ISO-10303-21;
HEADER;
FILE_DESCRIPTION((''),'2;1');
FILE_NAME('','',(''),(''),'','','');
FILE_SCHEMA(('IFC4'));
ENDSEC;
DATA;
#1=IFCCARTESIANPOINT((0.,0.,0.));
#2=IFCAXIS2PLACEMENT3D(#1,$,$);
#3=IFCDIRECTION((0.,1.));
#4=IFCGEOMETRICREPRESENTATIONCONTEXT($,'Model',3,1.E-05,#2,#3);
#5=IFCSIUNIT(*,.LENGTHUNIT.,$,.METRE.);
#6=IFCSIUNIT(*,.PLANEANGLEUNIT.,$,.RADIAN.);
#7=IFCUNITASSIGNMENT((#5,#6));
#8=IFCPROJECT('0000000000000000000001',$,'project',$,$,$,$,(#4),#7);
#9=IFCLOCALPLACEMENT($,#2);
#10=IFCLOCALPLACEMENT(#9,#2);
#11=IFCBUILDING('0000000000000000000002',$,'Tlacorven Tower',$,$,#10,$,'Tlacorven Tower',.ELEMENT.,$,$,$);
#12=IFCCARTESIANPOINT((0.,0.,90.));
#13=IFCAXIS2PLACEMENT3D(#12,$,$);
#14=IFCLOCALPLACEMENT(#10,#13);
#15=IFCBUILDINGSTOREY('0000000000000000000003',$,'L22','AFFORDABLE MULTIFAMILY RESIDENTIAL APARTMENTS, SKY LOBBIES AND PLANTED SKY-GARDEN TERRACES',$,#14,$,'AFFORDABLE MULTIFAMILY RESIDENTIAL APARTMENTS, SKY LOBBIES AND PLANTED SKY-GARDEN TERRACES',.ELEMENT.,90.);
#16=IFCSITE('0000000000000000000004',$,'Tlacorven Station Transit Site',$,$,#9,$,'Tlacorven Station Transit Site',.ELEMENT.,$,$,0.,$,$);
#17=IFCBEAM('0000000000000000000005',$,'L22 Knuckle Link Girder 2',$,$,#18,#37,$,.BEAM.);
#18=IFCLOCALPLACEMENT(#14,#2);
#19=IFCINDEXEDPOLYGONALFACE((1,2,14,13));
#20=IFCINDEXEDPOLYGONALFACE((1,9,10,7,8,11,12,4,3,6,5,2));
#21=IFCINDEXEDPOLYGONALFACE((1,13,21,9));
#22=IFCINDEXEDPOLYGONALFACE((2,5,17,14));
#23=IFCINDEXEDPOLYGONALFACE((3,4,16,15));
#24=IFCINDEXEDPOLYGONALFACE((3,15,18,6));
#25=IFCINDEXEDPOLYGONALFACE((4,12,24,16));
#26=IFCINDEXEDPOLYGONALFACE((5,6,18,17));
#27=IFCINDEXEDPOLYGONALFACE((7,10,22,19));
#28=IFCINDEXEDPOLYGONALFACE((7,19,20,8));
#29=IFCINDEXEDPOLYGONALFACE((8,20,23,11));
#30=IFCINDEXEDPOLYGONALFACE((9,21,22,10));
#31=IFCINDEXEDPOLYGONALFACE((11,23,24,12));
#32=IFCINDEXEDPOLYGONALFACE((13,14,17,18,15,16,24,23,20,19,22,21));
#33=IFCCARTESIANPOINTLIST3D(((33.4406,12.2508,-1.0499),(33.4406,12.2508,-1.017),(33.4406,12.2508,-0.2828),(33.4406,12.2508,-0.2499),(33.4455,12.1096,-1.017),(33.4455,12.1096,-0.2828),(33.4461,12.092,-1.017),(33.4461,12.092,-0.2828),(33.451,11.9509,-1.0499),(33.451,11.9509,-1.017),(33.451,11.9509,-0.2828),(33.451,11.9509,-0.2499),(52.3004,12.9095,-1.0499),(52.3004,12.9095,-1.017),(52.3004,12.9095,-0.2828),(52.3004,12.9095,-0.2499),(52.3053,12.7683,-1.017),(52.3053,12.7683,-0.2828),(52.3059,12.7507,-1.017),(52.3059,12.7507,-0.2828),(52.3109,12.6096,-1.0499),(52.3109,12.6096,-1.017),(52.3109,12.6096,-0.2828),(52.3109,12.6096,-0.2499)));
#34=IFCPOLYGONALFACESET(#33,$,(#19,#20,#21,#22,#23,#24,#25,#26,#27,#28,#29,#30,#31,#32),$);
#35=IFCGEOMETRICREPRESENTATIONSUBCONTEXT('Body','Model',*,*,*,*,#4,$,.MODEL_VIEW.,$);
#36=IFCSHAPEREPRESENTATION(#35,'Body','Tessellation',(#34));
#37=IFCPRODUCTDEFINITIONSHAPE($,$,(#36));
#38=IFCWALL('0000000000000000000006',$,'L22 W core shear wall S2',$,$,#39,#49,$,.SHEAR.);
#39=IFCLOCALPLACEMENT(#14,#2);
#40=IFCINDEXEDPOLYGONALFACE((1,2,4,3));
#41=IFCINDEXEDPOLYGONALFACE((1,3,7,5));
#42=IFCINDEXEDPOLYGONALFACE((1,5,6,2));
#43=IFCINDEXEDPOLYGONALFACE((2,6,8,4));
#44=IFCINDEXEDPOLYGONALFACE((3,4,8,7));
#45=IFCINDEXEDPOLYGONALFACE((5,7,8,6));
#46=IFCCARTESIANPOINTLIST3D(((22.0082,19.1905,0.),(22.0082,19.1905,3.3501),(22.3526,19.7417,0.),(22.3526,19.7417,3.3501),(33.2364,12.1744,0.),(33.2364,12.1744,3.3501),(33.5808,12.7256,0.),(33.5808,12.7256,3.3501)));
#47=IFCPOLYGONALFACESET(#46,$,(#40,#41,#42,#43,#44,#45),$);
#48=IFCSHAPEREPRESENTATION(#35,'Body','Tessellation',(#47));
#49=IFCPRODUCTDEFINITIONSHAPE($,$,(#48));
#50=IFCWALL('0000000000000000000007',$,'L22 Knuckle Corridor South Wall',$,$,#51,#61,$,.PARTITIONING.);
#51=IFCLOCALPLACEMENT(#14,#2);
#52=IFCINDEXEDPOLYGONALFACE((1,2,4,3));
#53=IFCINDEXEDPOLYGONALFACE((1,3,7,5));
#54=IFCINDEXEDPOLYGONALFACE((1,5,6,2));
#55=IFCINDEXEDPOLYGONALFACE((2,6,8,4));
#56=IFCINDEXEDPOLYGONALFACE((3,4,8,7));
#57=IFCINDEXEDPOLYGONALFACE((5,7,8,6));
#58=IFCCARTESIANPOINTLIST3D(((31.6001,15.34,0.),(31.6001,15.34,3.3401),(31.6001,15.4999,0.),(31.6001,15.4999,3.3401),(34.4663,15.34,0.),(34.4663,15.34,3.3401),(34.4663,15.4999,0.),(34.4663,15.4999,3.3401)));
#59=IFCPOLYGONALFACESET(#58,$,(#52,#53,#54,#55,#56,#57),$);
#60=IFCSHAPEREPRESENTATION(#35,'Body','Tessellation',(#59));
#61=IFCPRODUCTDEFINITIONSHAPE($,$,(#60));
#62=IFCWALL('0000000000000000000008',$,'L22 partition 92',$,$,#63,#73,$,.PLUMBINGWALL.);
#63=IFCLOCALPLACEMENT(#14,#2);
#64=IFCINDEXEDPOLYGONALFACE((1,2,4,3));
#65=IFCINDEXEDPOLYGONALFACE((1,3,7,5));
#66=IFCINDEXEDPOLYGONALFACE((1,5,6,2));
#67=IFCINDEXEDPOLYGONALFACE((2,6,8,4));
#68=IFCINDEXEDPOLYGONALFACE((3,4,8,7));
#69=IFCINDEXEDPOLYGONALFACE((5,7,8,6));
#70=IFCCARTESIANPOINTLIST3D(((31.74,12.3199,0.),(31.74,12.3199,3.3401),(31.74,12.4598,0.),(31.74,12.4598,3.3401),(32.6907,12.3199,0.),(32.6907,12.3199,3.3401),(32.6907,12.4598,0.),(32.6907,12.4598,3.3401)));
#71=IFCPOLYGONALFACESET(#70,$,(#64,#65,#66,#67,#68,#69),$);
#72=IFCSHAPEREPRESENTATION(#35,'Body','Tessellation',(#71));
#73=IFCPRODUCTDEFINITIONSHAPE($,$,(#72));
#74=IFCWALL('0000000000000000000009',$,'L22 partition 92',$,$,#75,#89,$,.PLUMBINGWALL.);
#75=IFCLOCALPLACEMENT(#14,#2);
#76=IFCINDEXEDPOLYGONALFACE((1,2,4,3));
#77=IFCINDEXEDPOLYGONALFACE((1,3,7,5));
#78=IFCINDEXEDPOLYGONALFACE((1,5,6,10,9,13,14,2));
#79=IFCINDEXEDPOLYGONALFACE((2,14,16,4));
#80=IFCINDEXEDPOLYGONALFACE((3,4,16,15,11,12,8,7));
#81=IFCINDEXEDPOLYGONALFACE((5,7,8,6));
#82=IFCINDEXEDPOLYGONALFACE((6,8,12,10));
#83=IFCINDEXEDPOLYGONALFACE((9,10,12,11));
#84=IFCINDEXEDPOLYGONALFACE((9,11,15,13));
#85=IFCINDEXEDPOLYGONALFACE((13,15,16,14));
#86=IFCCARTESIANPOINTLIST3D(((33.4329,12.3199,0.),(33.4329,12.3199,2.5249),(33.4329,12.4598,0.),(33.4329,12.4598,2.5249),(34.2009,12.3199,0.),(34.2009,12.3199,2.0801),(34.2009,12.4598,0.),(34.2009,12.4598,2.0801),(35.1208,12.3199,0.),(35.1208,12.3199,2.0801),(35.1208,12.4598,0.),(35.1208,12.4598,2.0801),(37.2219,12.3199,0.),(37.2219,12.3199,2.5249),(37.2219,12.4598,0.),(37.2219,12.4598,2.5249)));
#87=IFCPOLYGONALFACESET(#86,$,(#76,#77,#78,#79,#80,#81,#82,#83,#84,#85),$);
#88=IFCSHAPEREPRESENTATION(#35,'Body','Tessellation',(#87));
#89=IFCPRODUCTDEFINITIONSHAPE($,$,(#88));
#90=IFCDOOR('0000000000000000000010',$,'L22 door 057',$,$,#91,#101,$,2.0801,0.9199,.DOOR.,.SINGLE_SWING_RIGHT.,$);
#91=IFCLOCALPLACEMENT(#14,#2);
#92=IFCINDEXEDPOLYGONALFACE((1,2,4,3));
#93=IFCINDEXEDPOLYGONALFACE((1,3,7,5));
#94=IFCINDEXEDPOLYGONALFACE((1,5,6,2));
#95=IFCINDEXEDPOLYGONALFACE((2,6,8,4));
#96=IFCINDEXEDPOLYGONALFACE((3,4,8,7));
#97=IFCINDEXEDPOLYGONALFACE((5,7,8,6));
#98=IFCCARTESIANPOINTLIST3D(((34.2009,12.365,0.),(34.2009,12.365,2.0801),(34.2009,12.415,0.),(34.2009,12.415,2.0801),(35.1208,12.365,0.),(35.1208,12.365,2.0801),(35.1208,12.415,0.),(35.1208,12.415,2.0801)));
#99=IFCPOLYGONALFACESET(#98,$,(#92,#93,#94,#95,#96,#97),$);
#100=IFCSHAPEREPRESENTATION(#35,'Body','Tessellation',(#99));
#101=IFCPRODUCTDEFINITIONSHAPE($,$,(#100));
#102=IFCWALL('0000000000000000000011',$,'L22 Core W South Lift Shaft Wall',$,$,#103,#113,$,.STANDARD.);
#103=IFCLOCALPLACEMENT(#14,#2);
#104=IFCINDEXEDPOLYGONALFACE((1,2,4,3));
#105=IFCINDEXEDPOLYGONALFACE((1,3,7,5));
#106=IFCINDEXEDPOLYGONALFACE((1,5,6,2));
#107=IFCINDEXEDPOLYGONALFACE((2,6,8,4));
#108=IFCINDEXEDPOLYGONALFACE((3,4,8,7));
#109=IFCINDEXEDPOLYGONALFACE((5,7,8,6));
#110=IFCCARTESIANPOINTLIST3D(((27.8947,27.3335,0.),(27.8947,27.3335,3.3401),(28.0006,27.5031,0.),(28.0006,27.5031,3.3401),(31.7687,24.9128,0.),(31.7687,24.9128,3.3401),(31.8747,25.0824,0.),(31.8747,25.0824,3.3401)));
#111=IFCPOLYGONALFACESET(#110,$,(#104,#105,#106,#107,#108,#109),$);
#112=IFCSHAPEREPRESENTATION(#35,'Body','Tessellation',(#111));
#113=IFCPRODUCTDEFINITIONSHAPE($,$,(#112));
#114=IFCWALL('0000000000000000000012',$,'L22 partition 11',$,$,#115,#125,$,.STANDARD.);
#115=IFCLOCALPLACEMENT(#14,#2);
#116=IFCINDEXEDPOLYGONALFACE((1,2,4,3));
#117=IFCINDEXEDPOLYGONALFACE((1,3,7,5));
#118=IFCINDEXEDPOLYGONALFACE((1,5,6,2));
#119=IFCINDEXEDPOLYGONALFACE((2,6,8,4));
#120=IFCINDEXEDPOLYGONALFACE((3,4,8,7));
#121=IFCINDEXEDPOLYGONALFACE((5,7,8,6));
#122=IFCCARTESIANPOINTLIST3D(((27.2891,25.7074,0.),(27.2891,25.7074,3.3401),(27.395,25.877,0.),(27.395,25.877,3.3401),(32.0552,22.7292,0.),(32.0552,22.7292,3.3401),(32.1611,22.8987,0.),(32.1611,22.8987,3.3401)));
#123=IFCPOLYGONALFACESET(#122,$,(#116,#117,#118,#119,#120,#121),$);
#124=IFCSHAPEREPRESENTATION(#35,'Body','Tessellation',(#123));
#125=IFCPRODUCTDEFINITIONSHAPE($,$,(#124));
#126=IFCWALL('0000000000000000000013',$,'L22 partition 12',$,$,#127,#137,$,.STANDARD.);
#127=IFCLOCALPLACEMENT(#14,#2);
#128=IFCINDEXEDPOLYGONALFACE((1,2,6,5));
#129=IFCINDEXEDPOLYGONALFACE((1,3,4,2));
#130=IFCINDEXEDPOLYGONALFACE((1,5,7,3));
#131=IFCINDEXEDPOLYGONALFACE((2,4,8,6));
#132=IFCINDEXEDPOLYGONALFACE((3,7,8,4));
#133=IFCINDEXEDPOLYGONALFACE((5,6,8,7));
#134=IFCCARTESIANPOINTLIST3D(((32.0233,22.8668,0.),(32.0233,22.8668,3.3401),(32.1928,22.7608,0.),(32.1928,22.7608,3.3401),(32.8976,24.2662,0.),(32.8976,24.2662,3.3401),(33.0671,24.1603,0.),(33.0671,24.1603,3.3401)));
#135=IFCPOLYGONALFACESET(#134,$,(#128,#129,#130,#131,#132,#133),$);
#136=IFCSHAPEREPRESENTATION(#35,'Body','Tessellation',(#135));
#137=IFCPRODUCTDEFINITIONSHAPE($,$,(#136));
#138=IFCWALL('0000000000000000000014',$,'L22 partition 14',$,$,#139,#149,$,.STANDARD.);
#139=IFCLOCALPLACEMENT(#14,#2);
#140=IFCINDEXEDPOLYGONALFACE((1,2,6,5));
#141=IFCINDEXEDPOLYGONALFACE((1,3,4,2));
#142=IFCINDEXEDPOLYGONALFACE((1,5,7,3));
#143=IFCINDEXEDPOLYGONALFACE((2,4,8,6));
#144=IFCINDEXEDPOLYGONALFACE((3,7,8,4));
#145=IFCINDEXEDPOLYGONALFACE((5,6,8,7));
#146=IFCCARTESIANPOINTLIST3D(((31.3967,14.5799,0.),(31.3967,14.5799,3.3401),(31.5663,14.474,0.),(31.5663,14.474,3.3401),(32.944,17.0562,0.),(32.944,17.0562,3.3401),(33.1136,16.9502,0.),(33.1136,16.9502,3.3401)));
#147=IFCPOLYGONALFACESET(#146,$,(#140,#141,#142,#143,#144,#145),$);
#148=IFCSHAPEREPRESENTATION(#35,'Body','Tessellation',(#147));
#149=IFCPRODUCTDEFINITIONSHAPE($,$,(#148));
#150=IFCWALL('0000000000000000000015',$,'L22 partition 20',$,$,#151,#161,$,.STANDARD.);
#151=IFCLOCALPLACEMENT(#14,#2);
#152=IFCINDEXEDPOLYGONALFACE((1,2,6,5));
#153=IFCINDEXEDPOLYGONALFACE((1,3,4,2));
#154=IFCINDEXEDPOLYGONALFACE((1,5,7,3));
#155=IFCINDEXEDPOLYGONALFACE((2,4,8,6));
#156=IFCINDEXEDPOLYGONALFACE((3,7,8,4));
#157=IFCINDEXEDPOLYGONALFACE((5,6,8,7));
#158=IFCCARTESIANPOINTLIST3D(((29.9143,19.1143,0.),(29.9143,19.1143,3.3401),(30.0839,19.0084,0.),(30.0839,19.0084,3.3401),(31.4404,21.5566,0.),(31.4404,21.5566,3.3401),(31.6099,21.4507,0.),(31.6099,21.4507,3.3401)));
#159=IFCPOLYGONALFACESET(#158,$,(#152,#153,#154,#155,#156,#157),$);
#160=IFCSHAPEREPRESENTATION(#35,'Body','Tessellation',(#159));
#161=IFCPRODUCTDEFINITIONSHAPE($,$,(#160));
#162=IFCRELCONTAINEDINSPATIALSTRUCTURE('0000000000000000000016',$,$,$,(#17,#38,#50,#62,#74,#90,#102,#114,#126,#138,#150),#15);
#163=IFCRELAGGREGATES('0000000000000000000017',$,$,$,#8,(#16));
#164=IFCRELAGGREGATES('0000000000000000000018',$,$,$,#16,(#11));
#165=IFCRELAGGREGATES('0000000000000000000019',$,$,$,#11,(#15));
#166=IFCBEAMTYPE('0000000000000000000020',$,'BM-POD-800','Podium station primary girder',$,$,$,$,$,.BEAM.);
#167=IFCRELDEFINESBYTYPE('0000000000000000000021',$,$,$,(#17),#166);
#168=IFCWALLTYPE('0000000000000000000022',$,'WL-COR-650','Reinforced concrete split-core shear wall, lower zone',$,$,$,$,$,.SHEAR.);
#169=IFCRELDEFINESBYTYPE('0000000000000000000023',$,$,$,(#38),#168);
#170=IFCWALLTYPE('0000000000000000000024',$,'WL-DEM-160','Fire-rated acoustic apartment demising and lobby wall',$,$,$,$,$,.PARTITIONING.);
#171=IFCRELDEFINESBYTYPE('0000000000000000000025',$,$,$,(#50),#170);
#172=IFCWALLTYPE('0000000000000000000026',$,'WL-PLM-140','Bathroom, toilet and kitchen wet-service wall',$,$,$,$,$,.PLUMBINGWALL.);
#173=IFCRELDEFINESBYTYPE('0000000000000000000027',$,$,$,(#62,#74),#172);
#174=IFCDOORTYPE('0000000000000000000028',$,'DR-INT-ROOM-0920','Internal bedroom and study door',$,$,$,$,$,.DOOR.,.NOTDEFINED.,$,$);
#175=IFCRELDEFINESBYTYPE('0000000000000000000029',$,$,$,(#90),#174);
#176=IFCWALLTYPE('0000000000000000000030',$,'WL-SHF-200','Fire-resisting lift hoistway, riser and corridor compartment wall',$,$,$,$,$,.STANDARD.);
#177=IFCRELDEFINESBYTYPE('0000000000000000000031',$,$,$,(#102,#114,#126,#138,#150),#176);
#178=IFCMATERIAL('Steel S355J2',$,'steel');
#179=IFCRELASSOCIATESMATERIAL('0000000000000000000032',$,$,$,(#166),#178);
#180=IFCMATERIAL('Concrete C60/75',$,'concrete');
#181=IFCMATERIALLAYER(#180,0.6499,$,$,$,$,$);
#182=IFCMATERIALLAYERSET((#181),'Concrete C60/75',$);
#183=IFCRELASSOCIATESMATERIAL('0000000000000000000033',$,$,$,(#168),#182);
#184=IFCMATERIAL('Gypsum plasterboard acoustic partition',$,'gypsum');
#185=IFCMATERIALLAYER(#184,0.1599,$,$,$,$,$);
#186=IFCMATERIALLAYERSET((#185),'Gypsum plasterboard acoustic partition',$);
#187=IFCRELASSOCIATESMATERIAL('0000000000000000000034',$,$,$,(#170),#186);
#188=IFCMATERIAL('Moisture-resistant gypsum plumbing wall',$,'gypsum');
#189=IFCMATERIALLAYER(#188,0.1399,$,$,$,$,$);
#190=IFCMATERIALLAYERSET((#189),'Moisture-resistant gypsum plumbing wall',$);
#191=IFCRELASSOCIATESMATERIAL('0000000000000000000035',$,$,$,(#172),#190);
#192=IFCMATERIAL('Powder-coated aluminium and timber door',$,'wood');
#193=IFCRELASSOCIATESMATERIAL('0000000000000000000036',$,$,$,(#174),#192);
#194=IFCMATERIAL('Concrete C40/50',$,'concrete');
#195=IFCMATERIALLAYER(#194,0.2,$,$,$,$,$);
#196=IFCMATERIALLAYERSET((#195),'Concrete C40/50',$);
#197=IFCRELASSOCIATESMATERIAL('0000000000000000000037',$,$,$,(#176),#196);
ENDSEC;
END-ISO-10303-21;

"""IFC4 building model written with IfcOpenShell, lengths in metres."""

from ifc_helpers import new_model, si_unit, direction, frame, frame_2d, origin, origin_2d, place, context, subcontext, project, spatial, rectangle, i_section, extrude, source, transform, mapped, material, layer, layer_set, material_profile, profile_set, type_object, element, fill, save


model = new_model("IFC4")

# Units and contexts
model_context = context("Model", 3, precision=1e-05, world=origin(), true_north=direction((0.0, 1.0)))
body_context = subcontext(model_context, "Body", "Model", "MODEL_VIEW")
ifc_project = project(units=[si_unit("LENGTHUNIT", "METRE"), si_unit("PLANEANGLEUNIT", "RADIAN")], contexts=[model_context])

# Site, building, storey
site_placement = place(None, origin())
site = spatial("IfcSite", under=ifc_project, at=site_placement, Name="Tlacorven Station Transit Site", LongName="Tlacorven Station Transit Site", CompositionType="ELEMENT", RefElevation=0.0)
building_placement = place(site_placement, origin())
building = spatial("IfcBuilding", under=site, at=building_placement, Name="Tlacorven Tower", LongName="Tlacorven Tower", CompositionType="ELEMENT")
storey_placement = place(building_placement, frame((0.0, 0.0, 90.0)))
storey = spatial("IfcBuildingStorey", under=building, at=storey_placement, Name="L22", Description="AFFORDABLE MULTIFAMILY RESIDENTIAL APARTMENTS, SKY LOBBIES AND PLANTED SKY-GARDEN TERRACES", LongName="AFFORDABLE MULTIFAMILY RESIDENTIAL APARTMENTS, SKY LOBBIES AND PLANTED SKY-GARDEN TERRACES", CompositionType="ELEMENT", Elevation=90.0)

# Beam
ifc_material_1 = material(Name="Steel S355J2", Category="steel")
ifc_material_profile = material_profile(ifc_material_1, i_section(OverallWidth=0.3, OverallDepth=0.8, WebThickness=0.0176, FlangeThickness=0.033, at=origin_2d()), Name="HEB 800")
ifc_profile_set = profile_set([ifc_material_profile], Name="Steel S355J2")
beam_type = type_object("IfcBeamType", Name="BM-POD-800", Description="Podium station primary girder", PredefinedType="BEAM", material=ifc_profile_set)
shared_shape_1 = source(origin(), body_context, "Body", "SweptSolid", [
    extrude(i_section(OverallWidth=0.3, OverallDepth=0.8, WebThickness=0.0176, FlangeThickness=0.033, at=origin_2d()), origin(), (0.0, 0.0, 1.0), 18.8713),
])
beam_placement = place(storey_placement, frame((33.4458, 12.1008, -0.6499), z_axis=(0.999391, 0.034904, 0.0), x_axis=(-0.034904, 0.999391, 0.0)))
element("IfcBeam", 1, at=beam_placement, inside=storey, type_object=beam_type, Name="L22 Knuckle Link Girder 2", PredefinedType="BEAM", context=body_context, shape_type="MappedRepresentation", body=[
    mapped(shared_shape_1, transform((0.0, 0.0, 0.0), scale=1.0)),
])

# Walls
ifc_material_2 = material(Name="Concrete C60/75", Category="concrete")
ifc_layer_1 = layer(ifc_material_2, 0.6499)
ifc_layer_set_1 = layer_set([ifc_layer_1], Name="Concrete C60/75")
wall_type_1 = type_object("IfcWallType", Name="WL-COR-650", Description="Reinforced concrete split-core shear wall, lower zone", PredefinedType="SHEAR", material=ifc_layer_set_1)
wall_1_placement = place(storey_placement, frame((33.4087, 12.45, 0.0), z_axis=(0.0, 0.0, 1.0), x_axis=(-0.848051, 0.529914, 0.0)))
element("IfcWall", 2, at=wall_1_placement, inside=storey, type_object=wall_type_1, Name="L22 W core shear wall S2", PredefinedType="SHEAR", context=body_context, shape_type="SweptSolid", body=[
    extrude(rectangle(XDim=13.24, YDim=0.6499, at=frame_2d((6.6201, 0.0))), origin(), (0.0, 0.0, 1.0), 3.3501),
])
ifc_material_3 = material(Name="Gypsum plasterboard acoustic partition", Category="gypsum")
ifc_layer_2 = layer(ifc_material_3, 0.1599)
ifc_layer_set_2 = layer_set([ifc_layer_2], Name="Gypsum plasterboard acoustic partition")
wall_type_2 = type_object("IfcWallType", Name="WL-DEM-160", Description="Fire-rated acoustic apartment demising and lobby wall", PredefinedType="PARTITIONING", material=ifc_layer_set_2)
wall_2_placement = place(storey_placement, frame((31.6001, 15.4199, 0.0), z_axis=(0.0, 0.0, 1.0), x_axis=(1.0, 0.0, 0.0)))
element("IfcWall", 3, at=wall_2_placement, inside=storey, type_object=wall_type_2, Name="L22 Knuckle Corridor South Wall", PredefinedType="PARTITIONING", context=body_context, shape_type="SweptSolid", body=[
    extrude(rectangle(XDim=2.8662, YDim=0.1599, at=frame_2d((1.4331, 0.0))), origin(), (0.0, 0.0, 1.0), 3.3401),
])

# Shared definitions
ifc_material_4 = material(Name="Powder-coated aluminium and timber door", Category="wood")

# Wall
ifc_material_5 = material(Name="Moisture-resistant gypsum plumbing wall", Category="gypsum")
ifc_layer_3 = layer(ifc_material_5, 0.1399)
ifc_layer_set_3 = layer_set([ifc_layer_3], Name="Moisture-resistant gypsum plumbing wall")
wall_type_3 = type_object("IfcWallType", Name="WL-PLM-140", Description="Bathroom, toilet and kitchen wet-service wall", PredefinedType="PLUMBINGWALL", material=ifc_layer_set_3)
wall_3_placement = place(storey_placement, frame((31.74, 12.3899, 0.0), z_axis=(0.0, 0.0, 1.0), x_axis=(1.0, 0.0, 0.0)))
element("IfcWall", 4, at=wall_3_placement, inside=storey, type_object=wall_type_3, Name="L22 partition 92", PredefinedType="PLUMBINGWALL", context=body_context, shape_type="SweptSolid", body=[
    extrude(rectangle(XDim=0.9507, YDim=0.1399, at=frame_2d((0.4753, 0.0))), origin(), (0.0, 0.0, 1.0), 3.3401),
])

# Wall, opening, door
wall_4_placement = place(storey_placement, frame((33.4329, 12.3899, 0.0), z_axis=(0.0, 0.0, 1.0), x_axis=(1.0, 0.0, 0.0)))
wall_4 = element("IfcWall", 5, at=wall_4_placement, inside=storey, type_object=wall_type_3, Name="L22 partition 92", PredefinedType="PLUMBINGWALL", context=body_context, shape_type="SweptSolid", body=[
    extrude(rectangle(XDim=3.7891, YDim=0.1399, at=frame_2d((1.8945, 0.0))), origin(), (0.0, 0.0, 1.0), 2.5249),
])
opening_1_placement = place(wall_4_placement, frame((0.7681, 0.0, 0.0)))
opening_1 = element("IfcOpeningElement", 6, at=opening_1_placement, cuts=wall_4, PredefinedType="OPENING", context=body_context, shape_type="SweptSolid", body=[
    extrude(rectangle(XDim=0.9199, YDim=2.0801, at=frame_2d((0.46, 1.04))), frame((0.0, 0.0801, 0.0), z_axis=(0.0, -1.0, 0.0), x_axis=(1.0, 0.0, 0.0)), (0.0, 0.0, 1.0), 0.1599),
])
door_type_1 = type_object("IfcDoorType", Name="DR-INT-ROOM-0920", Description="Internal bedroom and study door", OperationType="NOTDEFINED", PredefinedType="DOOR", material=ifc_material_4)
shared_shape_2 = source(origin(), body_context, "Body", "SweptSolid", [
    extrude(rectangle(XDim=0.9199, YDim=2.0801, at=frame_2d((0.46, 1.04))), frame((0.0, 0.0249, 0.0), z_axis=(0.0, -1.0, 0.0), x_axis=(1.0, 0.0, 0.0)), (0.0, 0.0, 1.0), 0.05),
])
door_1_placement = place(opening_1_placement, frame((0.9199, 0.0, 0.0), z_axis=(0.0, 0.0, 1.0), x_axis=(-1.0, 0.0, 0.0)))
door_1 = element("IfcDoor", 7, at=door_1_placement, inside=storey, type_object=door_type_1, Name="L22 door 057", OperationType="SINGLE_SWING_RIGHT", OverallHeight=2.0801, OverallWidth=0.9199, PredefinedType="DOOR", context=body_context, shape_type="MappedRepresentation", body=[
    mapped(shared_shape_2, transform((0.0, 0.0, 0.0), scale=1.0)),
])
fill(opening_1, door_1)

# Walls
ifc_material_6 = material(Name="Concrete C40/50", Category="concrete")
ifc_layer_4 = layer(ifc_material_6, 0.2)
ifc_layer_set_4 = layer_set([ifc_layer_4], Name="Concrete C40/50")
wall_type_4 = type_object("IfcWallType", Name="WL-SHF-200", Description="Fire-resisting lift hoistway, riser and corridor compartment wall", PredefinedType="STANDARD", material=ifc_layer_set_4)
wall_5_placement = place(storey_placement, frame((31.8218, 24.9976, 0.0), z_axis=(0.0, 0.0, 1.0), x_axis=(-0.848058, 0.529903, 0.0)))
element("IfcWall", 8, at=wall_5_placement, inside=storey, type_object=wall_type_4, Name="L22 Core W South Lift Shaft Wall", PredefinedType="STANDARD", context=body_context, shape_type="SweptSolid", body=[
    extrude(rectangle(XDim=4.5681, YDim=0.2, at=frame_2d((2.2842, 0.0))), origin(), (0.0, 0.0, 1.0), 3.3401),
])
wall_6_placement = place(storey_placement, frame((32.1082, 22.814, 0.0), z_axis=(0.0, 0.0, 1.0), x_axis=(-0.848042, 0.529929, 0.0)))
element("IfcWall", 9, at=wall_6_placement, inside=storey, type_object=wall_type_4, Name="L22 partition 11", PredefinedType="STANDARD", context=body_context, shape_type="SweptSolid", body=[
    extrude(rectangle(XDim=5.6201, YDim=0.2, at=frame_2d((2.8101, 0.0))), origin(), (0.0, 0.0, 1.0), 3.3401),
])
wall_7_placement = place(storey_placement, frame((32.9824, 24.2134, 0.0), z_axis=(0.0, 0.0, 1.0), x_axis=(-0.529839, -0.848098, 0.0)))
element("IfcWall", 10, at=wall_7_placement, inside=storey, type_object=wall_type_4, Name="L22 partition 12", PredefinedType="STANDARD", context=body_context, shape_type="SweptSolid", body=[
    extrude(rectangle(XDim=1.6501, YDim=0.2, at=frame_2d((0.8252, 0.0))), origin(), (0.0, 0.0, 1.0), 3.3401),
])
wall_8_placement = place(storey_placement, frame((33.0288, 17.0032, 0.0), z_axis=(0.0, 0.0, 1.0), x_axis=(-0.529916, -0.84805, 0.0)))
element("IfcWall", 11, at=wall_8_placement, inside=storey, type_object=wall_type_4, Name="L22 partition 14", PredefinedType="STANDARD", context=body_context, shape_type="SweptSolid", body=[
    extrude(rectangle(XDim=2.9199, YDim=0.2, at=frame_2d((1.46, 0.0))), origin(), (0.0, 0.0, 1.0), 3.3401),
])
wall_9_placement = place(storey_placement, frame((31.5251, 21.5037, 0.0), z_axis=(0.0, 0.0, 1.0), x_axis=(-0.529907, -0.848055, 0.0)))
element("IfcWall", 12, at=wall_9_placement, inside=storey, type_object=wall_type_4, Name="L22 partition 20", PredefinedType="STANDARD", context=body_context, shape_type="SweptSolid", body=[
    extrude(rectangle(XDim=2.8799, YDim=0.2, at=frame_2d((1.4399, 0.0))), origin(), (0.0, 0.0, 1.0), 3.3401),
])

save(model, "model.ifc")
